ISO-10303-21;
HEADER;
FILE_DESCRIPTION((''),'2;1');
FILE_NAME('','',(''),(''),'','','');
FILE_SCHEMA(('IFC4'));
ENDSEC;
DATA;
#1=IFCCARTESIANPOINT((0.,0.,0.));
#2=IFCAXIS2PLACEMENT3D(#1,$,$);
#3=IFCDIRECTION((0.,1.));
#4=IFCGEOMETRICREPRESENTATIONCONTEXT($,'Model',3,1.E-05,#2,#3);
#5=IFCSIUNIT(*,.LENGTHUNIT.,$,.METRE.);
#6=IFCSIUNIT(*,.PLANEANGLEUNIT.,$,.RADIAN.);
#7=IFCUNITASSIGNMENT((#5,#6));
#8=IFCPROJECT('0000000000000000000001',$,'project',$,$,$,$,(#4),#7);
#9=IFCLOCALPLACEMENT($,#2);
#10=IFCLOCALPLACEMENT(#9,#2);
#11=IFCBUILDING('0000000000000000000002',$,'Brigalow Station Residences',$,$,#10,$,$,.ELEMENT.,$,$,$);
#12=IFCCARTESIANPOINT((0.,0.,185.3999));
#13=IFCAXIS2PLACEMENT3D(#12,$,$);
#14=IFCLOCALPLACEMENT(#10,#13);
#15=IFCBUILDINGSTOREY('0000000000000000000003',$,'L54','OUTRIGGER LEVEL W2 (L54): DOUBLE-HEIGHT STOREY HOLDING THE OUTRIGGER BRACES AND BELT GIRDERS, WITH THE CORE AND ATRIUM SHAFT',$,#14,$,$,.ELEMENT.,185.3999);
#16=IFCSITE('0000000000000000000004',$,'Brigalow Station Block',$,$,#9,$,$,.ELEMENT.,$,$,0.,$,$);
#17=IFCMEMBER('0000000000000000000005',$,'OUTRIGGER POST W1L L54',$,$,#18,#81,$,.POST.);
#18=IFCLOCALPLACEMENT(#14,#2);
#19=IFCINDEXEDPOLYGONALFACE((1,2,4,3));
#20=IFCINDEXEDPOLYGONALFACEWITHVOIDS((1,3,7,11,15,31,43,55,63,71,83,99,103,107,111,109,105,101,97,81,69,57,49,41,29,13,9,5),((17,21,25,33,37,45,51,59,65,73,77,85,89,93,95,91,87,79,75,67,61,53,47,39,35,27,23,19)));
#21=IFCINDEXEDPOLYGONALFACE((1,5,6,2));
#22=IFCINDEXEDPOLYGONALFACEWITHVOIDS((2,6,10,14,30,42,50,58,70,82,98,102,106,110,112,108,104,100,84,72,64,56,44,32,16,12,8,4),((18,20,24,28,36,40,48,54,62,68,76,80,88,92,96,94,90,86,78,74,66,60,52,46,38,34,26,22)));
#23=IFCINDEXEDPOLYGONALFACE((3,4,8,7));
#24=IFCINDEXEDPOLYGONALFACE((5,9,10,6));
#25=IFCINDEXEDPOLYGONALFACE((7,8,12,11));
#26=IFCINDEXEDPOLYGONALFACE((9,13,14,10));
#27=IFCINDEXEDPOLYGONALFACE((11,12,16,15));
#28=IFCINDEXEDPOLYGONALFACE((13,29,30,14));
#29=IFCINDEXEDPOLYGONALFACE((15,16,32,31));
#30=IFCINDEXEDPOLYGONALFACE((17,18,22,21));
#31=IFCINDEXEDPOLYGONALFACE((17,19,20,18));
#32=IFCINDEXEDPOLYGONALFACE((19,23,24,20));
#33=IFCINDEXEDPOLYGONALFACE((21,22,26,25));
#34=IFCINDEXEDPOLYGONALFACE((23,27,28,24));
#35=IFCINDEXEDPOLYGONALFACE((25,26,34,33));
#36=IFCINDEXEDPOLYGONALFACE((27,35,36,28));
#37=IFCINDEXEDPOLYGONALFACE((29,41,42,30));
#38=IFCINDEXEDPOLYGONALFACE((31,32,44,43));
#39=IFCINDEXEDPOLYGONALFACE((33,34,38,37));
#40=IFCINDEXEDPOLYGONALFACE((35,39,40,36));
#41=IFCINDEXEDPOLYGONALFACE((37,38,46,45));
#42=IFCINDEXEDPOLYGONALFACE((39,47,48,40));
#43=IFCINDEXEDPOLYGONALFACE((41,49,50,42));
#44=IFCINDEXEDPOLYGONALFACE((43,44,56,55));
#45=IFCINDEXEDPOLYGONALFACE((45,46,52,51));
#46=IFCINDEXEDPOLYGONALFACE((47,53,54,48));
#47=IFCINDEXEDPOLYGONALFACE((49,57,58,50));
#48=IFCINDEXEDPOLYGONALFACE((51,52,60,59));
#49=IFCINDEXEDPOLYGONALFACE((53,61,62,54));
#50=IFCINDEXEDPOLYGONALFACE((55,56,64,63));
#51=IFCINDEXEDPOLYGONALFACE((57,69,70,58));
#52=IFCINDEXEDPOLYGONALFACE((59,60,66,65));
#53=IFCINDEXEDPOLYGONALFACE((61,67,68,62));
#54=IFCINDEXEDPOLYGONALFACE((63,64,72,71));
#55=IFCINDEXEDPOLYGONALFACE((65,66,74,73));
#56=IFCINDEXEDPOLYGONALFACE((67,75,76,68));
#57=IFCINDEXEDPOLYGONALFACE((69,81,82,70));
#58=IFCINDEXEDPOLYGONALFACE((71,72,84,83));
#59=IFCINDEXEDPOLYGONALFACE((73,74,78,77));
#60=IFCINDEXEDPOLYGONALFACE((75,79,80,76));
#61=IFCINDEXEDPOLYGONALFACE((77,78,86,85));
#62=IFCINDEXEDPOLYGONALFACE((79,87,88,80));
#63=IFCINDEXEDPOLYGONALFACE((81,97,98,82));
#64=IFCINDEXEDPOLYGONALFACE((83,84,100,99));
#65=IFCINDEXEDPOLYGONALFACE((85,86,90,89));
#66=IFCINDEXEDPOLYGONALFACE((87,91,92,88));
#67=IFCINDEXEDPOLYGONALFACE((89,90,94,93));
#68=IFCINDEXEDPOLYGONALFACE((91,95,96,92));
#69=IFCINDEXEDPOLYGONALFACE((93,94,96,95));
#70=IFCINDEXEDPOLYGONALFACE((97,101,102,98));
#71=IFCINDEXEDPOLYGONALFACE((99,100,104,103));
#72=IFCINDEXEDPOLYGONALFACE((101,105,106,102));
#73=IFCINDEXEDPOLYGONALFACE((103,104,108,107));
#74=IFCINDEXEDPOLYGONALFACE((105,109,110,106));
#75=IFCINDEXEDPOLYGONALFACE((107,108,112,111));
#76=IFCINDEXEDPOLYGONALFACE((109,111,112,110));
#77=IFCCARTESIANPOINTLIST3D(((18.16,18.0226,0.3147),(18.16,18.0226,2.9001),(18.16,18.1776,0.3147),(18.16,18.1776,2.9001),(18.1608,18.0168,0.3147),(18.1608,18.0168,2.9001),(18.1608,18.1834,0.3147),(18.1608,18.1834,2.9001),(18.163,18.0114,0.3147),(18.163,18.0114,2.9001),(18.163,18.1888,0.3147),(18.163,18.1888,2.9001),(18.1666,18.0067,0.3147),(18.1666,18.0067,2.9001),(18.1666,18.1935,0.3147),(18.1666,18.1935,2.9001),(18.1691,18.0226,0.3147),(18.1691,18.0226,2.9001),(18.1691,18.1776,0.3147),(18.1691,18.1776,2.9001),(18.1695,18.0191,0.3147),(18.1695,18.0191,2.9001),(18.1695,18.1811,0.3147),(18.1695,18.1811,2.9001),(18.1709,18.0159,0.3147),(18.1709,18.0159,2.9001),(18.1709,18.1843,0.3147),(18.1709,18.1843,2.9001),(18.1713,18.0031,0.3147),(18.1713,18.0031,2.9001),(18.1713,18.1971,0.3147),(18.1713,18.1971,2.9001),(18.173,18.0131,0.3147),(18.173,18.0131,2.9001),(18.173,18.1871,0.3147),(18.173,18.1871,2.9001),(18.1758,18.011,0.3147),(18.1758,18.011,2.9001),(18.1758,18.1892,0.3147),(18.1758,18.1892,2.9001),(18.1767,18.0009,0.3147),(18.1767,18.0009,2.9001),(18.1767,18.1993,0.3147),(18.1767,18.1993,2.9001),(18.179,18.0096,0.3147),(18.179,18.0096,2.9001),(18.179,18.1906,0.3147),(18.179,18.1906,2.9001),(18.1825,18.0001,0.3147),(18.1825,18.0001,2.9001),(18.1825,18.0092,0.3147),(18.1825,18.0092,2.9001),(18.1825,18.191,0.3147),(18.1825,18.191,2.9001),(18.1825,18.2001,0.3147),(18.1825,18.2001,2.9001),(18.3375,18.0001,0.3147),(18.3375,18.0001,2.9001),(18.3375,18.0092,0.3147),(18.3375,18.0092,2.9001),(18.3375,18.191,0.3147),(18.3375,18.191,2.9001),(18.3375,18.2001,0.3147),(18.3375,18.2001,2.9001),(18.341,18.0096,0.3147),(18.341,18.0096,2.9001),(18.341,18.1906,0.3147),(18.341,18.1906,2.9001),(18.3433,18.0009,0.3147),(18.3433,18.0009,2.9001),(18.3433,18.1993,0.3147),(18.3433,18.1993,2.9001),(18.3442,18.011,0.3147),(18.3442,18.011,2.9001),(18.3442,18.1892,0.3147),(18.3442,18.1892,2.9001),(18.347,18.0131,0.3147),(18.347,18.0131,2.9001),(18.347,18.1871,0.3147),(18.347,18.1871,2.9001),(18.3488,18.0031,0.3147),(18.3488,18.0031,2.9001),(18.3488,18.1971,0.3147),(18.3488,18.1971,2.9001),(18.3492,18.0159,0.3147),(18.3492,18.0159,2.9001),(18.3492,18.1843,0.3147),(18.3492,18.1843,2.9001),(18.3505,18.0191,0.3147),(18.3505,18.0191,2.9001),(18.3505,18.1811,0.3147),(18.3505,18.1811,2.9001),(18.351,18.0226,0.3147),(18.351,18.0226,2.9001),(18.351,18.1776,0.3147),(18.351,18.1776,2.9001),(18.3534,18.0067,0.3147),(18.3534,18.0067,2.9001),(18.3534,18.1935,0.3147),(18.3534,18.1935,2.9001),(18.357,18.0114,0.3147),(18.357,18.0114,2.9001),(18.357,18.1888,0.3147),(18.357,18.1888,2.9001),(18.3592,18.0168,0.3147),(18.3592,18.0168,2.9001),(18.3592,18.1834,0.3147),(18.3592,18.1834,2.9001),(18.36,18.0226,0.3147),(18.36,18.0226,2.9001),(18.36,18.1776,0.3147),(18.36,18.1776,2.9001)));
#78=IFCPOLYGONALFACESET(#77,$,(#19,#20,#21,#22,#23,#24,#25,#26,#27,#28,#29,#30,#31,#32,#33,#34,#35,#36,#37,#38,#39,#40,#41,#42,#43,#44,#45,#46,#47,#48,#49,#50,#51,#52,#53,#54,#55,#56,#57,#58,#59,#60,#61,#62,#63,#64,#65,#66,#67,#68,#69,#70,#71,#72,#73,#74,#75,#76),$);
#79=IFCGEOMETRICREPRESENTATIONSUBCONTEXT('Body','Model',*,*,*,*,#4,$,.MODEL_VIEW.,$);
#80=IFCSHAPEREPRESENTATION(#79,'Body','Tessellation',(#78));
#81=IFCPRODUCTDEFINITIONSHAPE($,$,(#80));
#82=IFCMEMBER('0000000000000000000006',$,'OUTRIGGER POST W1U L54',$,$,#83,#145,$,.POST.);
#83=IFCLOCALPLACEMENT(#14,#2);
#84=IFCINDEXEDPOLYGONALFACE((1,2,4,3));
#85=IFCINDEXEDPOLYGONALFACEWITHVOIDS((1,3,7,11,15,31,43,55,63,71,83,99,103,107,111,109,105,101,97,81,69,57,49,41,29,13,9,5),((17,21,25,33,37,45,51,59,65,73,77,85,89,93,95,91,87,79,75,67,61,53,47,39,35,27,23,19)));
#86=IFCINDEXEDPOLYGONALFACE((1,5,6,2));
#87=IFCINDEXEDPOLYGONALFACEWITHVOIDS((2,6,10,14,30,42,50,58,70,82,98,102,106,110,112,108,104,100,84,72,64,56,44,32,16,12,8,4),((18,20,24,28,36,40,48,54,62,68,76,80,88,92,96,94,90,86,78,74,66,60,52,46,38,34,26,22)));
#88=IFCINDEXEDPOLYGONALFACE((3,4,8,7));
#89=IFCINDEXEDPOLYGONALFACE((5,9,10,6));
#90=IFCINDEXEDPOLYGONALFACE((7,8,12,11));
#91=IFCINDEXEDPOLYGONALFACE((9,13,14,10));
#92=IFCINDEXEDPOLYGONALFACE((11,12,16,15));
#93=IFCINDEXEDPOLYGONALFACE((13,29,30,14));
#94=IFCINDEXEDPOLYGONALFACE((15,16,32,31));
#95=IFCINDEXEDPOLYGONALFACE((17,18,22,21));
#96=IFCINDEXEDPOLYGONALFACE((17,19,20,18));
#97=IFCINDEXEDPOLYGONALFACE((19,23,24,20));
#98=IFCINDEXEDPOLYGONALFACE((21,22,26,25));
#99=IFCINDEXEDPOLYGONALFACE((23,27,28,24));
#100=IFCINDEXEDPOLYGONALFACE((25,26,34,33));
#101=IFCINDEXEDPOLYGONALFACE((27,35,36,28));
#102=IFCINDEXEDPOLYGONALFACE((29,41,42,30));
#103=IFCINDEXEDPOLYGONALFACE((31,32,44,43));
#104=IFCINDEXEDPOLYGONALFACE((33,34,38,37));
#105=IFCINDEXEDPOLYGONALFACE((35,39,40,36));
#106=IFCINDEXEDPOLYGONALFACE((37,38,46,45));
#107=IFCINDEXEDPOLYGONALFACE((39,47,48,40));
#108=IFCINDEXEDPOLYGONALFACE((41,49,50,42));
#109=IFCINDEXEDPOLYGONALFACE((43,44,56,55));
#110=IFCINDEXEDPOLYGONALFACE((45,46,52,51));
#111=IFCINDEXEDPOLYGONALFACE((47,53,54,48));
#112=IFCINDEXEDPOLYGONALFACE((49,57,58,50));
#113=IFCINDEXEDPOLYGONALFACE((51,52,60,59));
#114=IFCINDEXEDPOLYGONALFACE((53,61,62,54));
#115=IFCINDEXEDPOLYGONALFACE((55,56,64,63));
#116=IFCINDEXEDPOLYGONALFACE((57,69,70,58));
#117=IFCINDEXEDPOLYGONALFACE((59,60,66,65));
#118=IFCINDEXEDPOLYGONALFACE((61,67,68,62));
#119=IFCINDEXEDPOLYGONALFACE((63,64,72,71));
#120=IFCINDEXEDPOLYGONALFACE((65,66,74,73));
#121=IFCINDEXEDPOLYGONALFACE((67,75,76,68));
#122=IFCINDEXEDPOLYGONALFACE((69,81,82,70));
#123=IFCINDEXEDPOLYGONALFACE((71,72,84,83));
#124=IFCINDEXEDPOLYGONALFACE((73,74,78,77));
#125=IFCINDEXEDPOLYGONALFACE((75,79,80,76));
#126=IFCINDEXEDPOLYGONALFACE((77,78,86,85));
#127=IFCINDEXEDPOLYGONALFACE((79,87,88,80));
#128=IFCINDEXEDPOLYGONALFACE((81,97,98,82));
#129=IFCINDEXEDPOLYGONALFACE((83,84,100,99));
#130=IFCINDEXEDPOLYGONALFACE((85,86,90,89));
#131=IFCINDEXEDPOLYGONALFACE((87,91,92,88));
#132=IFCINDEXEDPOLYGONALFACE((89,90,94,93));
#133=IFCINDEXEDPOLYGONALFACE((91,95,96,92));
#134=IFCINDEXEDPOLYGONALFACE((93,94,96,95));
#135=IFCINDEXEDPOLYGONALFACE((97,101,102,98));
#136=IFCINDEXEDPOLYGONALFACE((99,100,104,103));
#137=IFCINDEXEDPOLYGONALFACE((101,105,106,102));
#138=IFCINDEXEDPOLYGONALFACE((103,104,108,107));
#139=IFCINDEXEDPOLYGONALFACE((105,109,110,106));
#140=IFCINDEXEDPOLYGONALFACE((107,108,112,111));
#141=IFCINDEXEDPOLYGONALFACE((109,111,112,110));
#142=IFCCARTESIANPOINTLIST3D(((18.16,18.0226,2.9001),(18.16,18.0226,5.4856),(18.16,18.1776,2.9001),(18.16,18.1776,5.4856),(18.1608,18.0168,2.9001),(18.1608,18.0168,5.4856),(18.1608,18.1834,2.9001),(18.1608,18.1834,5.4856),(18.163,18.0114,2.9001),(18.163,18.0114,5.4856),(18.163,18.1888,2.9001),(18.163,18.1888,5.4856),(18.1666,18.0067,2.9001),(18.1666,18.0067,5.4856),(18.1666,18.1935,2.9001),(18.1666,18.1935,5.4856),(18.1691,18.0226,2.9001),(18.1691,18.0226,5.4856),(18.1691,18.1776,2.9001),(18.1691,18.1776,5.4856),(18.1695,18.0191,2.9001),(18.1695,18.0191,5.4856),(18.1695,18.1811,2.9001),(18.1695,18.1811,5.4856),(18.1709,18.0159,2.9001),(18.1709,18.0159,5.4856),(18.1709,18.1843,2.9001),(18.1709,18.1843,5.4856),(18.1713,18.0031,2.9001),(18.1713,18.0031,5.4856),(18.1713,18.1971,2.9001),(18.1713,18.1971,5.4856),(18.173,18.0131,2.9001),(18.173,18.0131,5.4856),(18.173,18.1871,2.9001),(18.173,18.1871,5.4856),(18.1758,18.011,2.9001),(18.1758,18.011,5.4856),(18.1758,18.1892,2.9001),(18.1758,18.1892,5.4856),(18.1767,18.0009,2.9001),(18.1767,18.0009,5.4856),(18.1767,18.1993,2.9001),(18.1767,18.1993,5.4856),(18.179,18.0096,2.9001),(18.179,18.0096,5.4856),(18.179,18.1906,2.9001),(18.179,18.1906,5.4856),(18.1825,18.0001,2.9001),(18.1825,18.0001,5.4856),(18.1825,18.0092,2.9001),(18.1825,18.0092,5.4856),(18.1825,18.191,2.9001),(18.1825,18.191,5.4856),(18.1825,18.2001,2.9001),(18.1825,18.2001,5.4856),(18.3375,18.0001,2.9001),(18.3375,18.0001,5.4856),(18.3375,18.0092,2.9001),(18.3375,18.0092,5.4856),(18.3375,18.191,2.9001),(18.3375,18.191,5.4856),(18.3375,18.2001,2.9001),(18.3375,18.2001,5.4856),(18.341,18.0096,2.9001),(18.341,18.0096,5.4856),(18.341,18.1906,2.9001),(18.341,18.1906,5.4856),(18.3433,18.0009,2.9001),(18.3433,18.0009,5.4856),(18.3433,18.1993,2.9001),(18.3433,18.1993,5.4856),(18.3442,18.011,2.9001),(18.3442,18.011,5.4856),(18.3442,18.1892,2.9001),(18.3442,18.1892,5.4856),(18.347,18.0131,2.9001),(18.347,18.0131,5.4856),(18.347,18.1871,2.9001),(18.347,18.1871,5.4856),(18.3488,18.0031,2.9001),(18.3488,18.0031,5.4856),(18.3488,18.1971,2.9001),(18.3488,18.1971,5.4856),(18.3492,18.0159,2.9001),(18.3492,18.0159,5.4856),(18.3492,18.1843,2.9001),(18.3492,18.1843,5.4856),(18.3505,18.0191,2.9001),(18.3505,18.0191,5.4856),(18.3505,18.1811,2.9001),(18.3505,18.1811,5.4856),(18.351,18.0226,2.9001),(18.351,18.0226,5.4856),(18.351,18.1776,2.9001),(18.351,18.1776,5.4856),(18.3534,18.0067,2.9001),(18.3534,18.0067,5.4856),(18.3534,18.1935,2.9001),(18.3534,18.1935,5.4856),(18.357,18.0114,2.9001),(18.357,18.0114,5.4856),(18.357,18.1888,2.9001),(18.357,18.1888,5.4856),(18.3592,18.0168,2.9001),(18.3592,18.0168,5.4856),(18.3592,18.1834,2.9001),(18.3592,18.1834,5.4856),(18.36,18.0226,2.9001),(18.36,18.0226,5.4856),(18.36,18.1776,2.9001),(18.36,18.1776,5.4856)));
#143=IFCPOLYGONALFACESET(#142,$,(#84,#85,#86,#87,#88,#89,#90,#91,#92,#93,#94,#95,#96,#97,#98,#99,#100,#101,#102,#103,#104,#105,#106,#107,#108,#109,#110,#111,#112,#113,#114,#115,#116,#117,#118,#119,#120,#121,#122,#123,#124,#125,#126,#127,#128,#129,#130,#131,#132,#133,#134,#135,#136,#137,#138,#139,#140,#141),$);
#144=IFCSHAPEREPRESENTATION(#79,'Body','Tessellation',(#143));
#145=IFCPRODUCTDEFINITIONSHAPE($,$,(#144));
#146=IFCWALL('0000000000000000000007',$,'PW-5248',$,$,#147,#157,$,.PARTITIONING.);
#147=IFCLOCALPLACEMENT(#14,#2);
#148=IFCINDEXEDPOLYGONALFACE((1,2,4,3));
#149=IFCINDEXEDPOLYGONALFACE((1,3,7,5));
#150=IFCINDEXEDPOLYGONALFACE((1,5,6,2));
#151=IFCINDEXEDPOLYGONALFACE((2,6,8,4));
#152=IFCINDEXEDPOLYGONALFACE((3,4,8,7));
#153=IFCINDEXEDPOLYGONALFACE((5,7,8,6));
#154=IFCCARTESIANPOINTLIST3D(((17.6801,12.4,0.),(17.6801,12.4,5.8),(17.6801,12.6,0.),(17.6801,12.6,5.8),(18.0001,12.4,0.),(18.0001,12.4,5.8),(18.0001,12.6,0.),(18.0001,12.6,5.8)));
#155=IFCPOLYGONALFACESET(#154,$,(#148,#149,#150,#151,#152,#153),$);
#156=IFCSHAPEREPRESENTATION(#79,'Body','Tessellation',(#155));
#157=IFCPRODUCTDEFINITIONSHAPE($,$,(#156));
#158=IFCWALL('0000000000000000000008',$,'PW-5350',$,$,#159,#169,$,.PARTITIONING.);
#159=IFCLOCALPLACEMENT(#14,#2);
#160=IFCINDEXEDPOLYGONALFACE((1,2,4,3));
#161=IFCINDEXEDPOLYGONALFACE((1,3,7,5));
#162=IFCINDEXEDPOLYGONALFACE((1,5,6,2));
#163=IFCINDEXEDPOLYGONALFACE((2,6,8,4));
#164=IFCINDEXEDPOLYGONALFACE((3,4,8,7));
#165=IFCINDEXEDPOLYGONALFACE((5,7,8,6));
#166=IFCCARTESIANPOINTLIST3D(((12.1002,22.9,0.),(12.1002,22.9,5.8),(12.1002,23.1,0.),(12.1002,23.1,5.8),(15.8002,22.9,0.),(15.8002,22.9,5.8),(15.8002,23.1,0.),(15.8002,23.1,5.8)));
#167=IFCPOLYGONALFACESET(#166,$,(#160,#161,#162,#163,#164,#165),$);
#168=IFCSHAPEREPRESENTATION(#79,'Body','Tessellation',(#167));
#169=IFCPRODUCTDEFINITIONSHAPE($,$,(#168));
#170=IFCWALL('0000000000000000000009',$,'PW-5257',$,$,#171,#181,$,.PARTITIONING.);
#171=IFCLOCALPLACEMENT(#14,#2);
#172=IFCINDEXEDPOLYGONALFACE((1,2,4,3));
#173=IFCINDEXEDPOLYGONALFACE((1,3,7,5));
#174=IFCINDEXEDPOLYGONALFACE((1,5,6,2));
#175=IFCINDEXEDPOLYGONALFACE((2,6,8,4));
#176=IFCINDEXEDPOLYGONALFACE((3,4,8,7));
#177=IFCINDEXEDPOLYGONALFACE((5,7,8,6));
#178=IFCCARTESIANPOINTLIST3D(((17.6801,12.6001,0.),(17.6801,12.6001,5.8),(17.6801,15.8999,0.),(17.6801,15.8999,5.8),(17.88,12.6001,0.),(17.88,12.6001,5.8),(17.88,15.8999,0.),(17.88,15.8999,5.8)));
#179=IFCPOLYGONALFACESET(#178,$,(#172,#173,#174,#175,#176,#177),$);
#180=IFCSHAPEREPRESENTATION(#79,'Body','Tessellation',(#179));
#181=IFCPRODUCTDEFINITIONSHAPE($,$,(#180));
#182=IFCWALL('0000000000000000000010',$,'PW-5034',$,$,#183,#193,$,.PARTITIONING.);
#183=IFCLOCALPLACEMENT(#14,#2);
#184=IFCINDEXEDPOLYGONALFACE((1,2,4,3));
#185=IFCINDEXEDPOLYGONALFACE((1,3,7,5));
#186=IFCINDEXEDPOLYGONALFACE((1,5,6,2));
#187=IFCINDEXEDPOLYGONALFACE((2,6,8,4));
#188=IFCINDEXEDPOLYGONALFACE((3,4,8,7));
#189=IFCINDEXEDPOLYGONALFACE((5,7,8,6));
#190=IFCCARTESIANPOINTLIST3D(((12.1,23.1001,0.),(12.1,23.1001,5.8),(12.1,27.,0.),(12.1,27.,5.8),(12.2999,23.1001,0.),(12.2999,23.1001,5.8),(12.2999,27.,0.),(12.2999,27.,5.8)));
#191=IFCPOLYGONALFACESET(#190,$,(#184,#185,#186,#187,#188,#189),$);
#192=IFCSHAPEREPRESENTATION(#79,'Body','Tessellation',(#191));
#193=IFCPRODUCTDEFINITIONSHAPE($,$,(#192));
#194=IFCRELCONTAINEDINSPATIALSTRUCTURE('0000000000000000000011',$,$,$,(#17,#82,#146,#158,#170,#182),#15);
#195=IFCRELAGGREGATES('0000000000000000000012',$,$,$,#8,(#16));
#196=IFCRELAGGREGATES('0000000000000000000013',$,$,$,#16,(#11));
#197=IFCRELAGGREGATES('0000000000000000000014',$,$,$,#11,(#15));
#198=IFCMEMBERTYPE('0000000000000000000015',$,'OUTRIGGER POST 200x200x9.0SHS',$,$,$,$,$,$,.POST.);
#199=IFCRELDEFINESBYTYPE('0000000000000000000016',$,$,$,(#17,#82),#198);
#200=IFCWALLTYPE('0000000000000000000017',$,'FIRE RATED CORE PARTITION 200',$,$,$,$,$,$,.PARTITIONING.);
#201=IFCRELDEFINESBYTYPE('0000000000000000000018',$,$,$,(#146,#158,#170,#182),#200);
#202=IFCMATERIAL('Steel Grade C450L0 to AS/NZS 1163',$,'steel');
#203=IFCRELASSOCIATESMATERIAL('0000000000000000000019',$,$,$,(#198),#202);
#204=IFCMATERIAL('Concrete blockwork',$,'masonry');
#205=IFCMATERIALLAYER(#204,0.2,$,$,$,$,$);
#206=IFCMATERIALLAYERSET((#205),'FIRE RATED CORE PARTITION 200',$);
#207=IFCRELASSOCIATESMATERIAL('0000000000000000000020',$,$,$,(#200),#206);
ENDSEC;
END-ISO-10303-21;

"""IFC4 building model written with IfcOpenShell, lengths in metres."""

from ifc_helpers import new_model, si_unit, direction, frame, frame_2d, origin, origin_2d, place, context, subcontext, project, spatial, rectangle, hollow_rectangle, extrude, material, layer, layer_set, material_profile, profile_set, type_object, element, save


model = new_model("IFC4")

# Units and contexts
model_context = context("Model", 3, precision=1e-05, world=origin(), true_north=direction((0.0, 1.0)))
body_context = subcontext(model_context, "Body", "Model", "MODEL_VIEW")
ifc_project = project(units=[si_unit("LENGTHUNIT", "METRE"), si_unit("PLANEANGLEUNIT", "RADIAN")], contexts=[model_context])

# Site, building, storey
site_placement = place(None, origin())
site = spatial("IfcSite", under=ifc_project, at=site_placement, Name="Brigalow Station Block", CompositionType="ELEMENT", RefElevation=0.0)
building_placement = place(site_placement, origin())
building = spatial("IfcBuilding", under=site, at=building_placement, Name="Brigalow Station Residences", CompositionType="ELEMENT")
storey_placement = place(building_placement, frame((0.0, 0.0, 185.3999)))
storey = spatial("IfcBuildingStorey", under=building, at=storey_placement, Name="L54", Description="OUTRIGGER LEVEL W2 (L54): DOUBLE-HEIGHT STOREY HOLDING THE OUTRIGGER BRACES AND BELT GIRDERS, WITH THE CORE AND ATRIUM SHAFT", CompositionType="ELEMENT", Elevation=185.3999)

# Members
ifc_material_1 = material(Name="Steel Grade C450L0 to AS/NZS 1163", Category="steel")
ifc_material_profile_1 = material_profile(ifc_material_1, hollow_rectangle(XDim=0.2, YDim=0.2, WallThickness=0.009, InnerFilletRadius=0.0134, OuterFilletRadius=0.0225, at=origin_2d()), Name="200x200x9.0SHS")
ifc_profile_set_1 = profile_set([ifc_material_profile_1], Name="Steel Grade C450L0 to AS/NZS 1163")
member_type_1 = type_object("IfcMemberType", Name="OUTRIGGER POST 200x200x9.0SHS", PredefinedType="POST", material=ifc_profile_set_1)
for number, where, z_axis, x_axis, name in (
    (1, (18.26, 18.1001, 0.3147), (0.0, 0.0, 1.0), (1.0, 0.0, 0.0), "OUTRIGGER POST W1L L54"),
    (2, (18.26, 18.1001, 2.9001), (0.0, 0.0, 1.0), (1.0, 0.0, 0.0), "OUTRIGGER POST W1U L54"),
):
    element("IfcMember", number, at=place(storey_placement, frame(where, z_axis=z_axis, x_axis=x_axis)), inside=storey, type_object=member_type_1, Name=name, PredefinedType="POST", context=body_context, shape_type="SweptSolid", body=[
        extrude(hollow_rectangle(XDim=0.2, YDim=0.2, WallThickness=0.009, InnerFilletRadius=0.0134, OuterFilletRadius=0.0225, at=origin_2d()), origin(), (0.0, 0.0, 1.0), 2.5854),
    ])

# Walls
ifc_material_2 = material(Name="Concrete blockwork", Category="masonry")
ifc_layer = layer(ifc_material_2, 0.2)
ifc_layer_set = layer_set([ifc_layer], Name="FIRE RATED CORE PARTITION 200")
wall_type = type_object("IfcWallType", Name="FIRE RATED CORE PARTITION 200", PredefinedType="PARTITIONING", material=ifc_layer_set)
wall_1_placement = place(storey_placement, frame((17.6799, 12.5, 0.0), z_axis=(0.0, 0.0, 1.0), x_axis=(1.0, 0.0, 0.0)))
element("IfcWall", 3, at=wall_1_placement, inside=storey, type_object=wall_type, Name="PW-5248", PredefinedType="PARTITIONING", context=body_context, shape_type="SweptSolid", body=[
    extrude(rectangle(XDim=0.3201, YDim=0.2, at=frame_2d((0.1602, 0.0))), origin(), (0.0, 0.0, 1.0), 5.8),
])
wall_2_placement = place(storey_placement, frame((12.1001, 23.0, 0.0), z_axis=(0.0, 0.0, 1.0), x_axis=(1.0, 0.0, 0.0)))
element("IfcWall", 4, at=wall_2_placement, inside=storey, type_object=wall_type, Name="PW-5350", PredefinedType="PARTITIONING", context=body_context, shape_type="SweptSolid", body=[
    extrude(rectangle(XDim=3.7, YDim=0.2, at=frame_2d((1.8501, 0.0))), origin(), (0.0, 0.0, 1.0), 5.8),
])
wall_3_placement = place(storey_placement, frame((17.78, 12.6001, 0.0), z_axis=(0.0, 0.0, 1.0), x_axis=(0.0, 1.0, 0.0)))
element("IfcWall", 5, at=wall_3_placement, inside=storey, type_object=wall_type, Name="PW-5257", PredefinedType="PARTITIONING", context=body_context, shape_type="SweptSolid", body=[
    extrude(rectangle(XDim=3.2998, YDim=0.2, at=frame_2d((1.6499, 0.0))), origin(), (0.0, 0.0, 1.0), 5.8),
])
wall_4_placement = place(storey_placement, frame((12.2, 23.1001, 0.0), z_axis=(0.0, 0.0, 1.0), x_axis=(0.0, 1.0, 0.0)))
element("IfcWall", 6, at=wall_4_placement, inside=storey, type_object=wall_type, Name="PW-5034", PredefinedType="PARTITIONING", context=body_context, shape_type="SweptSolid", body=[
    extrude(rectangle(XDim=3.8999, YDim=0.2, at=frame_2d((1.95, 0.0))), origin(), (0.0, 0.0, 1.0), 5.8),
])

save(model, "model.ifc")
